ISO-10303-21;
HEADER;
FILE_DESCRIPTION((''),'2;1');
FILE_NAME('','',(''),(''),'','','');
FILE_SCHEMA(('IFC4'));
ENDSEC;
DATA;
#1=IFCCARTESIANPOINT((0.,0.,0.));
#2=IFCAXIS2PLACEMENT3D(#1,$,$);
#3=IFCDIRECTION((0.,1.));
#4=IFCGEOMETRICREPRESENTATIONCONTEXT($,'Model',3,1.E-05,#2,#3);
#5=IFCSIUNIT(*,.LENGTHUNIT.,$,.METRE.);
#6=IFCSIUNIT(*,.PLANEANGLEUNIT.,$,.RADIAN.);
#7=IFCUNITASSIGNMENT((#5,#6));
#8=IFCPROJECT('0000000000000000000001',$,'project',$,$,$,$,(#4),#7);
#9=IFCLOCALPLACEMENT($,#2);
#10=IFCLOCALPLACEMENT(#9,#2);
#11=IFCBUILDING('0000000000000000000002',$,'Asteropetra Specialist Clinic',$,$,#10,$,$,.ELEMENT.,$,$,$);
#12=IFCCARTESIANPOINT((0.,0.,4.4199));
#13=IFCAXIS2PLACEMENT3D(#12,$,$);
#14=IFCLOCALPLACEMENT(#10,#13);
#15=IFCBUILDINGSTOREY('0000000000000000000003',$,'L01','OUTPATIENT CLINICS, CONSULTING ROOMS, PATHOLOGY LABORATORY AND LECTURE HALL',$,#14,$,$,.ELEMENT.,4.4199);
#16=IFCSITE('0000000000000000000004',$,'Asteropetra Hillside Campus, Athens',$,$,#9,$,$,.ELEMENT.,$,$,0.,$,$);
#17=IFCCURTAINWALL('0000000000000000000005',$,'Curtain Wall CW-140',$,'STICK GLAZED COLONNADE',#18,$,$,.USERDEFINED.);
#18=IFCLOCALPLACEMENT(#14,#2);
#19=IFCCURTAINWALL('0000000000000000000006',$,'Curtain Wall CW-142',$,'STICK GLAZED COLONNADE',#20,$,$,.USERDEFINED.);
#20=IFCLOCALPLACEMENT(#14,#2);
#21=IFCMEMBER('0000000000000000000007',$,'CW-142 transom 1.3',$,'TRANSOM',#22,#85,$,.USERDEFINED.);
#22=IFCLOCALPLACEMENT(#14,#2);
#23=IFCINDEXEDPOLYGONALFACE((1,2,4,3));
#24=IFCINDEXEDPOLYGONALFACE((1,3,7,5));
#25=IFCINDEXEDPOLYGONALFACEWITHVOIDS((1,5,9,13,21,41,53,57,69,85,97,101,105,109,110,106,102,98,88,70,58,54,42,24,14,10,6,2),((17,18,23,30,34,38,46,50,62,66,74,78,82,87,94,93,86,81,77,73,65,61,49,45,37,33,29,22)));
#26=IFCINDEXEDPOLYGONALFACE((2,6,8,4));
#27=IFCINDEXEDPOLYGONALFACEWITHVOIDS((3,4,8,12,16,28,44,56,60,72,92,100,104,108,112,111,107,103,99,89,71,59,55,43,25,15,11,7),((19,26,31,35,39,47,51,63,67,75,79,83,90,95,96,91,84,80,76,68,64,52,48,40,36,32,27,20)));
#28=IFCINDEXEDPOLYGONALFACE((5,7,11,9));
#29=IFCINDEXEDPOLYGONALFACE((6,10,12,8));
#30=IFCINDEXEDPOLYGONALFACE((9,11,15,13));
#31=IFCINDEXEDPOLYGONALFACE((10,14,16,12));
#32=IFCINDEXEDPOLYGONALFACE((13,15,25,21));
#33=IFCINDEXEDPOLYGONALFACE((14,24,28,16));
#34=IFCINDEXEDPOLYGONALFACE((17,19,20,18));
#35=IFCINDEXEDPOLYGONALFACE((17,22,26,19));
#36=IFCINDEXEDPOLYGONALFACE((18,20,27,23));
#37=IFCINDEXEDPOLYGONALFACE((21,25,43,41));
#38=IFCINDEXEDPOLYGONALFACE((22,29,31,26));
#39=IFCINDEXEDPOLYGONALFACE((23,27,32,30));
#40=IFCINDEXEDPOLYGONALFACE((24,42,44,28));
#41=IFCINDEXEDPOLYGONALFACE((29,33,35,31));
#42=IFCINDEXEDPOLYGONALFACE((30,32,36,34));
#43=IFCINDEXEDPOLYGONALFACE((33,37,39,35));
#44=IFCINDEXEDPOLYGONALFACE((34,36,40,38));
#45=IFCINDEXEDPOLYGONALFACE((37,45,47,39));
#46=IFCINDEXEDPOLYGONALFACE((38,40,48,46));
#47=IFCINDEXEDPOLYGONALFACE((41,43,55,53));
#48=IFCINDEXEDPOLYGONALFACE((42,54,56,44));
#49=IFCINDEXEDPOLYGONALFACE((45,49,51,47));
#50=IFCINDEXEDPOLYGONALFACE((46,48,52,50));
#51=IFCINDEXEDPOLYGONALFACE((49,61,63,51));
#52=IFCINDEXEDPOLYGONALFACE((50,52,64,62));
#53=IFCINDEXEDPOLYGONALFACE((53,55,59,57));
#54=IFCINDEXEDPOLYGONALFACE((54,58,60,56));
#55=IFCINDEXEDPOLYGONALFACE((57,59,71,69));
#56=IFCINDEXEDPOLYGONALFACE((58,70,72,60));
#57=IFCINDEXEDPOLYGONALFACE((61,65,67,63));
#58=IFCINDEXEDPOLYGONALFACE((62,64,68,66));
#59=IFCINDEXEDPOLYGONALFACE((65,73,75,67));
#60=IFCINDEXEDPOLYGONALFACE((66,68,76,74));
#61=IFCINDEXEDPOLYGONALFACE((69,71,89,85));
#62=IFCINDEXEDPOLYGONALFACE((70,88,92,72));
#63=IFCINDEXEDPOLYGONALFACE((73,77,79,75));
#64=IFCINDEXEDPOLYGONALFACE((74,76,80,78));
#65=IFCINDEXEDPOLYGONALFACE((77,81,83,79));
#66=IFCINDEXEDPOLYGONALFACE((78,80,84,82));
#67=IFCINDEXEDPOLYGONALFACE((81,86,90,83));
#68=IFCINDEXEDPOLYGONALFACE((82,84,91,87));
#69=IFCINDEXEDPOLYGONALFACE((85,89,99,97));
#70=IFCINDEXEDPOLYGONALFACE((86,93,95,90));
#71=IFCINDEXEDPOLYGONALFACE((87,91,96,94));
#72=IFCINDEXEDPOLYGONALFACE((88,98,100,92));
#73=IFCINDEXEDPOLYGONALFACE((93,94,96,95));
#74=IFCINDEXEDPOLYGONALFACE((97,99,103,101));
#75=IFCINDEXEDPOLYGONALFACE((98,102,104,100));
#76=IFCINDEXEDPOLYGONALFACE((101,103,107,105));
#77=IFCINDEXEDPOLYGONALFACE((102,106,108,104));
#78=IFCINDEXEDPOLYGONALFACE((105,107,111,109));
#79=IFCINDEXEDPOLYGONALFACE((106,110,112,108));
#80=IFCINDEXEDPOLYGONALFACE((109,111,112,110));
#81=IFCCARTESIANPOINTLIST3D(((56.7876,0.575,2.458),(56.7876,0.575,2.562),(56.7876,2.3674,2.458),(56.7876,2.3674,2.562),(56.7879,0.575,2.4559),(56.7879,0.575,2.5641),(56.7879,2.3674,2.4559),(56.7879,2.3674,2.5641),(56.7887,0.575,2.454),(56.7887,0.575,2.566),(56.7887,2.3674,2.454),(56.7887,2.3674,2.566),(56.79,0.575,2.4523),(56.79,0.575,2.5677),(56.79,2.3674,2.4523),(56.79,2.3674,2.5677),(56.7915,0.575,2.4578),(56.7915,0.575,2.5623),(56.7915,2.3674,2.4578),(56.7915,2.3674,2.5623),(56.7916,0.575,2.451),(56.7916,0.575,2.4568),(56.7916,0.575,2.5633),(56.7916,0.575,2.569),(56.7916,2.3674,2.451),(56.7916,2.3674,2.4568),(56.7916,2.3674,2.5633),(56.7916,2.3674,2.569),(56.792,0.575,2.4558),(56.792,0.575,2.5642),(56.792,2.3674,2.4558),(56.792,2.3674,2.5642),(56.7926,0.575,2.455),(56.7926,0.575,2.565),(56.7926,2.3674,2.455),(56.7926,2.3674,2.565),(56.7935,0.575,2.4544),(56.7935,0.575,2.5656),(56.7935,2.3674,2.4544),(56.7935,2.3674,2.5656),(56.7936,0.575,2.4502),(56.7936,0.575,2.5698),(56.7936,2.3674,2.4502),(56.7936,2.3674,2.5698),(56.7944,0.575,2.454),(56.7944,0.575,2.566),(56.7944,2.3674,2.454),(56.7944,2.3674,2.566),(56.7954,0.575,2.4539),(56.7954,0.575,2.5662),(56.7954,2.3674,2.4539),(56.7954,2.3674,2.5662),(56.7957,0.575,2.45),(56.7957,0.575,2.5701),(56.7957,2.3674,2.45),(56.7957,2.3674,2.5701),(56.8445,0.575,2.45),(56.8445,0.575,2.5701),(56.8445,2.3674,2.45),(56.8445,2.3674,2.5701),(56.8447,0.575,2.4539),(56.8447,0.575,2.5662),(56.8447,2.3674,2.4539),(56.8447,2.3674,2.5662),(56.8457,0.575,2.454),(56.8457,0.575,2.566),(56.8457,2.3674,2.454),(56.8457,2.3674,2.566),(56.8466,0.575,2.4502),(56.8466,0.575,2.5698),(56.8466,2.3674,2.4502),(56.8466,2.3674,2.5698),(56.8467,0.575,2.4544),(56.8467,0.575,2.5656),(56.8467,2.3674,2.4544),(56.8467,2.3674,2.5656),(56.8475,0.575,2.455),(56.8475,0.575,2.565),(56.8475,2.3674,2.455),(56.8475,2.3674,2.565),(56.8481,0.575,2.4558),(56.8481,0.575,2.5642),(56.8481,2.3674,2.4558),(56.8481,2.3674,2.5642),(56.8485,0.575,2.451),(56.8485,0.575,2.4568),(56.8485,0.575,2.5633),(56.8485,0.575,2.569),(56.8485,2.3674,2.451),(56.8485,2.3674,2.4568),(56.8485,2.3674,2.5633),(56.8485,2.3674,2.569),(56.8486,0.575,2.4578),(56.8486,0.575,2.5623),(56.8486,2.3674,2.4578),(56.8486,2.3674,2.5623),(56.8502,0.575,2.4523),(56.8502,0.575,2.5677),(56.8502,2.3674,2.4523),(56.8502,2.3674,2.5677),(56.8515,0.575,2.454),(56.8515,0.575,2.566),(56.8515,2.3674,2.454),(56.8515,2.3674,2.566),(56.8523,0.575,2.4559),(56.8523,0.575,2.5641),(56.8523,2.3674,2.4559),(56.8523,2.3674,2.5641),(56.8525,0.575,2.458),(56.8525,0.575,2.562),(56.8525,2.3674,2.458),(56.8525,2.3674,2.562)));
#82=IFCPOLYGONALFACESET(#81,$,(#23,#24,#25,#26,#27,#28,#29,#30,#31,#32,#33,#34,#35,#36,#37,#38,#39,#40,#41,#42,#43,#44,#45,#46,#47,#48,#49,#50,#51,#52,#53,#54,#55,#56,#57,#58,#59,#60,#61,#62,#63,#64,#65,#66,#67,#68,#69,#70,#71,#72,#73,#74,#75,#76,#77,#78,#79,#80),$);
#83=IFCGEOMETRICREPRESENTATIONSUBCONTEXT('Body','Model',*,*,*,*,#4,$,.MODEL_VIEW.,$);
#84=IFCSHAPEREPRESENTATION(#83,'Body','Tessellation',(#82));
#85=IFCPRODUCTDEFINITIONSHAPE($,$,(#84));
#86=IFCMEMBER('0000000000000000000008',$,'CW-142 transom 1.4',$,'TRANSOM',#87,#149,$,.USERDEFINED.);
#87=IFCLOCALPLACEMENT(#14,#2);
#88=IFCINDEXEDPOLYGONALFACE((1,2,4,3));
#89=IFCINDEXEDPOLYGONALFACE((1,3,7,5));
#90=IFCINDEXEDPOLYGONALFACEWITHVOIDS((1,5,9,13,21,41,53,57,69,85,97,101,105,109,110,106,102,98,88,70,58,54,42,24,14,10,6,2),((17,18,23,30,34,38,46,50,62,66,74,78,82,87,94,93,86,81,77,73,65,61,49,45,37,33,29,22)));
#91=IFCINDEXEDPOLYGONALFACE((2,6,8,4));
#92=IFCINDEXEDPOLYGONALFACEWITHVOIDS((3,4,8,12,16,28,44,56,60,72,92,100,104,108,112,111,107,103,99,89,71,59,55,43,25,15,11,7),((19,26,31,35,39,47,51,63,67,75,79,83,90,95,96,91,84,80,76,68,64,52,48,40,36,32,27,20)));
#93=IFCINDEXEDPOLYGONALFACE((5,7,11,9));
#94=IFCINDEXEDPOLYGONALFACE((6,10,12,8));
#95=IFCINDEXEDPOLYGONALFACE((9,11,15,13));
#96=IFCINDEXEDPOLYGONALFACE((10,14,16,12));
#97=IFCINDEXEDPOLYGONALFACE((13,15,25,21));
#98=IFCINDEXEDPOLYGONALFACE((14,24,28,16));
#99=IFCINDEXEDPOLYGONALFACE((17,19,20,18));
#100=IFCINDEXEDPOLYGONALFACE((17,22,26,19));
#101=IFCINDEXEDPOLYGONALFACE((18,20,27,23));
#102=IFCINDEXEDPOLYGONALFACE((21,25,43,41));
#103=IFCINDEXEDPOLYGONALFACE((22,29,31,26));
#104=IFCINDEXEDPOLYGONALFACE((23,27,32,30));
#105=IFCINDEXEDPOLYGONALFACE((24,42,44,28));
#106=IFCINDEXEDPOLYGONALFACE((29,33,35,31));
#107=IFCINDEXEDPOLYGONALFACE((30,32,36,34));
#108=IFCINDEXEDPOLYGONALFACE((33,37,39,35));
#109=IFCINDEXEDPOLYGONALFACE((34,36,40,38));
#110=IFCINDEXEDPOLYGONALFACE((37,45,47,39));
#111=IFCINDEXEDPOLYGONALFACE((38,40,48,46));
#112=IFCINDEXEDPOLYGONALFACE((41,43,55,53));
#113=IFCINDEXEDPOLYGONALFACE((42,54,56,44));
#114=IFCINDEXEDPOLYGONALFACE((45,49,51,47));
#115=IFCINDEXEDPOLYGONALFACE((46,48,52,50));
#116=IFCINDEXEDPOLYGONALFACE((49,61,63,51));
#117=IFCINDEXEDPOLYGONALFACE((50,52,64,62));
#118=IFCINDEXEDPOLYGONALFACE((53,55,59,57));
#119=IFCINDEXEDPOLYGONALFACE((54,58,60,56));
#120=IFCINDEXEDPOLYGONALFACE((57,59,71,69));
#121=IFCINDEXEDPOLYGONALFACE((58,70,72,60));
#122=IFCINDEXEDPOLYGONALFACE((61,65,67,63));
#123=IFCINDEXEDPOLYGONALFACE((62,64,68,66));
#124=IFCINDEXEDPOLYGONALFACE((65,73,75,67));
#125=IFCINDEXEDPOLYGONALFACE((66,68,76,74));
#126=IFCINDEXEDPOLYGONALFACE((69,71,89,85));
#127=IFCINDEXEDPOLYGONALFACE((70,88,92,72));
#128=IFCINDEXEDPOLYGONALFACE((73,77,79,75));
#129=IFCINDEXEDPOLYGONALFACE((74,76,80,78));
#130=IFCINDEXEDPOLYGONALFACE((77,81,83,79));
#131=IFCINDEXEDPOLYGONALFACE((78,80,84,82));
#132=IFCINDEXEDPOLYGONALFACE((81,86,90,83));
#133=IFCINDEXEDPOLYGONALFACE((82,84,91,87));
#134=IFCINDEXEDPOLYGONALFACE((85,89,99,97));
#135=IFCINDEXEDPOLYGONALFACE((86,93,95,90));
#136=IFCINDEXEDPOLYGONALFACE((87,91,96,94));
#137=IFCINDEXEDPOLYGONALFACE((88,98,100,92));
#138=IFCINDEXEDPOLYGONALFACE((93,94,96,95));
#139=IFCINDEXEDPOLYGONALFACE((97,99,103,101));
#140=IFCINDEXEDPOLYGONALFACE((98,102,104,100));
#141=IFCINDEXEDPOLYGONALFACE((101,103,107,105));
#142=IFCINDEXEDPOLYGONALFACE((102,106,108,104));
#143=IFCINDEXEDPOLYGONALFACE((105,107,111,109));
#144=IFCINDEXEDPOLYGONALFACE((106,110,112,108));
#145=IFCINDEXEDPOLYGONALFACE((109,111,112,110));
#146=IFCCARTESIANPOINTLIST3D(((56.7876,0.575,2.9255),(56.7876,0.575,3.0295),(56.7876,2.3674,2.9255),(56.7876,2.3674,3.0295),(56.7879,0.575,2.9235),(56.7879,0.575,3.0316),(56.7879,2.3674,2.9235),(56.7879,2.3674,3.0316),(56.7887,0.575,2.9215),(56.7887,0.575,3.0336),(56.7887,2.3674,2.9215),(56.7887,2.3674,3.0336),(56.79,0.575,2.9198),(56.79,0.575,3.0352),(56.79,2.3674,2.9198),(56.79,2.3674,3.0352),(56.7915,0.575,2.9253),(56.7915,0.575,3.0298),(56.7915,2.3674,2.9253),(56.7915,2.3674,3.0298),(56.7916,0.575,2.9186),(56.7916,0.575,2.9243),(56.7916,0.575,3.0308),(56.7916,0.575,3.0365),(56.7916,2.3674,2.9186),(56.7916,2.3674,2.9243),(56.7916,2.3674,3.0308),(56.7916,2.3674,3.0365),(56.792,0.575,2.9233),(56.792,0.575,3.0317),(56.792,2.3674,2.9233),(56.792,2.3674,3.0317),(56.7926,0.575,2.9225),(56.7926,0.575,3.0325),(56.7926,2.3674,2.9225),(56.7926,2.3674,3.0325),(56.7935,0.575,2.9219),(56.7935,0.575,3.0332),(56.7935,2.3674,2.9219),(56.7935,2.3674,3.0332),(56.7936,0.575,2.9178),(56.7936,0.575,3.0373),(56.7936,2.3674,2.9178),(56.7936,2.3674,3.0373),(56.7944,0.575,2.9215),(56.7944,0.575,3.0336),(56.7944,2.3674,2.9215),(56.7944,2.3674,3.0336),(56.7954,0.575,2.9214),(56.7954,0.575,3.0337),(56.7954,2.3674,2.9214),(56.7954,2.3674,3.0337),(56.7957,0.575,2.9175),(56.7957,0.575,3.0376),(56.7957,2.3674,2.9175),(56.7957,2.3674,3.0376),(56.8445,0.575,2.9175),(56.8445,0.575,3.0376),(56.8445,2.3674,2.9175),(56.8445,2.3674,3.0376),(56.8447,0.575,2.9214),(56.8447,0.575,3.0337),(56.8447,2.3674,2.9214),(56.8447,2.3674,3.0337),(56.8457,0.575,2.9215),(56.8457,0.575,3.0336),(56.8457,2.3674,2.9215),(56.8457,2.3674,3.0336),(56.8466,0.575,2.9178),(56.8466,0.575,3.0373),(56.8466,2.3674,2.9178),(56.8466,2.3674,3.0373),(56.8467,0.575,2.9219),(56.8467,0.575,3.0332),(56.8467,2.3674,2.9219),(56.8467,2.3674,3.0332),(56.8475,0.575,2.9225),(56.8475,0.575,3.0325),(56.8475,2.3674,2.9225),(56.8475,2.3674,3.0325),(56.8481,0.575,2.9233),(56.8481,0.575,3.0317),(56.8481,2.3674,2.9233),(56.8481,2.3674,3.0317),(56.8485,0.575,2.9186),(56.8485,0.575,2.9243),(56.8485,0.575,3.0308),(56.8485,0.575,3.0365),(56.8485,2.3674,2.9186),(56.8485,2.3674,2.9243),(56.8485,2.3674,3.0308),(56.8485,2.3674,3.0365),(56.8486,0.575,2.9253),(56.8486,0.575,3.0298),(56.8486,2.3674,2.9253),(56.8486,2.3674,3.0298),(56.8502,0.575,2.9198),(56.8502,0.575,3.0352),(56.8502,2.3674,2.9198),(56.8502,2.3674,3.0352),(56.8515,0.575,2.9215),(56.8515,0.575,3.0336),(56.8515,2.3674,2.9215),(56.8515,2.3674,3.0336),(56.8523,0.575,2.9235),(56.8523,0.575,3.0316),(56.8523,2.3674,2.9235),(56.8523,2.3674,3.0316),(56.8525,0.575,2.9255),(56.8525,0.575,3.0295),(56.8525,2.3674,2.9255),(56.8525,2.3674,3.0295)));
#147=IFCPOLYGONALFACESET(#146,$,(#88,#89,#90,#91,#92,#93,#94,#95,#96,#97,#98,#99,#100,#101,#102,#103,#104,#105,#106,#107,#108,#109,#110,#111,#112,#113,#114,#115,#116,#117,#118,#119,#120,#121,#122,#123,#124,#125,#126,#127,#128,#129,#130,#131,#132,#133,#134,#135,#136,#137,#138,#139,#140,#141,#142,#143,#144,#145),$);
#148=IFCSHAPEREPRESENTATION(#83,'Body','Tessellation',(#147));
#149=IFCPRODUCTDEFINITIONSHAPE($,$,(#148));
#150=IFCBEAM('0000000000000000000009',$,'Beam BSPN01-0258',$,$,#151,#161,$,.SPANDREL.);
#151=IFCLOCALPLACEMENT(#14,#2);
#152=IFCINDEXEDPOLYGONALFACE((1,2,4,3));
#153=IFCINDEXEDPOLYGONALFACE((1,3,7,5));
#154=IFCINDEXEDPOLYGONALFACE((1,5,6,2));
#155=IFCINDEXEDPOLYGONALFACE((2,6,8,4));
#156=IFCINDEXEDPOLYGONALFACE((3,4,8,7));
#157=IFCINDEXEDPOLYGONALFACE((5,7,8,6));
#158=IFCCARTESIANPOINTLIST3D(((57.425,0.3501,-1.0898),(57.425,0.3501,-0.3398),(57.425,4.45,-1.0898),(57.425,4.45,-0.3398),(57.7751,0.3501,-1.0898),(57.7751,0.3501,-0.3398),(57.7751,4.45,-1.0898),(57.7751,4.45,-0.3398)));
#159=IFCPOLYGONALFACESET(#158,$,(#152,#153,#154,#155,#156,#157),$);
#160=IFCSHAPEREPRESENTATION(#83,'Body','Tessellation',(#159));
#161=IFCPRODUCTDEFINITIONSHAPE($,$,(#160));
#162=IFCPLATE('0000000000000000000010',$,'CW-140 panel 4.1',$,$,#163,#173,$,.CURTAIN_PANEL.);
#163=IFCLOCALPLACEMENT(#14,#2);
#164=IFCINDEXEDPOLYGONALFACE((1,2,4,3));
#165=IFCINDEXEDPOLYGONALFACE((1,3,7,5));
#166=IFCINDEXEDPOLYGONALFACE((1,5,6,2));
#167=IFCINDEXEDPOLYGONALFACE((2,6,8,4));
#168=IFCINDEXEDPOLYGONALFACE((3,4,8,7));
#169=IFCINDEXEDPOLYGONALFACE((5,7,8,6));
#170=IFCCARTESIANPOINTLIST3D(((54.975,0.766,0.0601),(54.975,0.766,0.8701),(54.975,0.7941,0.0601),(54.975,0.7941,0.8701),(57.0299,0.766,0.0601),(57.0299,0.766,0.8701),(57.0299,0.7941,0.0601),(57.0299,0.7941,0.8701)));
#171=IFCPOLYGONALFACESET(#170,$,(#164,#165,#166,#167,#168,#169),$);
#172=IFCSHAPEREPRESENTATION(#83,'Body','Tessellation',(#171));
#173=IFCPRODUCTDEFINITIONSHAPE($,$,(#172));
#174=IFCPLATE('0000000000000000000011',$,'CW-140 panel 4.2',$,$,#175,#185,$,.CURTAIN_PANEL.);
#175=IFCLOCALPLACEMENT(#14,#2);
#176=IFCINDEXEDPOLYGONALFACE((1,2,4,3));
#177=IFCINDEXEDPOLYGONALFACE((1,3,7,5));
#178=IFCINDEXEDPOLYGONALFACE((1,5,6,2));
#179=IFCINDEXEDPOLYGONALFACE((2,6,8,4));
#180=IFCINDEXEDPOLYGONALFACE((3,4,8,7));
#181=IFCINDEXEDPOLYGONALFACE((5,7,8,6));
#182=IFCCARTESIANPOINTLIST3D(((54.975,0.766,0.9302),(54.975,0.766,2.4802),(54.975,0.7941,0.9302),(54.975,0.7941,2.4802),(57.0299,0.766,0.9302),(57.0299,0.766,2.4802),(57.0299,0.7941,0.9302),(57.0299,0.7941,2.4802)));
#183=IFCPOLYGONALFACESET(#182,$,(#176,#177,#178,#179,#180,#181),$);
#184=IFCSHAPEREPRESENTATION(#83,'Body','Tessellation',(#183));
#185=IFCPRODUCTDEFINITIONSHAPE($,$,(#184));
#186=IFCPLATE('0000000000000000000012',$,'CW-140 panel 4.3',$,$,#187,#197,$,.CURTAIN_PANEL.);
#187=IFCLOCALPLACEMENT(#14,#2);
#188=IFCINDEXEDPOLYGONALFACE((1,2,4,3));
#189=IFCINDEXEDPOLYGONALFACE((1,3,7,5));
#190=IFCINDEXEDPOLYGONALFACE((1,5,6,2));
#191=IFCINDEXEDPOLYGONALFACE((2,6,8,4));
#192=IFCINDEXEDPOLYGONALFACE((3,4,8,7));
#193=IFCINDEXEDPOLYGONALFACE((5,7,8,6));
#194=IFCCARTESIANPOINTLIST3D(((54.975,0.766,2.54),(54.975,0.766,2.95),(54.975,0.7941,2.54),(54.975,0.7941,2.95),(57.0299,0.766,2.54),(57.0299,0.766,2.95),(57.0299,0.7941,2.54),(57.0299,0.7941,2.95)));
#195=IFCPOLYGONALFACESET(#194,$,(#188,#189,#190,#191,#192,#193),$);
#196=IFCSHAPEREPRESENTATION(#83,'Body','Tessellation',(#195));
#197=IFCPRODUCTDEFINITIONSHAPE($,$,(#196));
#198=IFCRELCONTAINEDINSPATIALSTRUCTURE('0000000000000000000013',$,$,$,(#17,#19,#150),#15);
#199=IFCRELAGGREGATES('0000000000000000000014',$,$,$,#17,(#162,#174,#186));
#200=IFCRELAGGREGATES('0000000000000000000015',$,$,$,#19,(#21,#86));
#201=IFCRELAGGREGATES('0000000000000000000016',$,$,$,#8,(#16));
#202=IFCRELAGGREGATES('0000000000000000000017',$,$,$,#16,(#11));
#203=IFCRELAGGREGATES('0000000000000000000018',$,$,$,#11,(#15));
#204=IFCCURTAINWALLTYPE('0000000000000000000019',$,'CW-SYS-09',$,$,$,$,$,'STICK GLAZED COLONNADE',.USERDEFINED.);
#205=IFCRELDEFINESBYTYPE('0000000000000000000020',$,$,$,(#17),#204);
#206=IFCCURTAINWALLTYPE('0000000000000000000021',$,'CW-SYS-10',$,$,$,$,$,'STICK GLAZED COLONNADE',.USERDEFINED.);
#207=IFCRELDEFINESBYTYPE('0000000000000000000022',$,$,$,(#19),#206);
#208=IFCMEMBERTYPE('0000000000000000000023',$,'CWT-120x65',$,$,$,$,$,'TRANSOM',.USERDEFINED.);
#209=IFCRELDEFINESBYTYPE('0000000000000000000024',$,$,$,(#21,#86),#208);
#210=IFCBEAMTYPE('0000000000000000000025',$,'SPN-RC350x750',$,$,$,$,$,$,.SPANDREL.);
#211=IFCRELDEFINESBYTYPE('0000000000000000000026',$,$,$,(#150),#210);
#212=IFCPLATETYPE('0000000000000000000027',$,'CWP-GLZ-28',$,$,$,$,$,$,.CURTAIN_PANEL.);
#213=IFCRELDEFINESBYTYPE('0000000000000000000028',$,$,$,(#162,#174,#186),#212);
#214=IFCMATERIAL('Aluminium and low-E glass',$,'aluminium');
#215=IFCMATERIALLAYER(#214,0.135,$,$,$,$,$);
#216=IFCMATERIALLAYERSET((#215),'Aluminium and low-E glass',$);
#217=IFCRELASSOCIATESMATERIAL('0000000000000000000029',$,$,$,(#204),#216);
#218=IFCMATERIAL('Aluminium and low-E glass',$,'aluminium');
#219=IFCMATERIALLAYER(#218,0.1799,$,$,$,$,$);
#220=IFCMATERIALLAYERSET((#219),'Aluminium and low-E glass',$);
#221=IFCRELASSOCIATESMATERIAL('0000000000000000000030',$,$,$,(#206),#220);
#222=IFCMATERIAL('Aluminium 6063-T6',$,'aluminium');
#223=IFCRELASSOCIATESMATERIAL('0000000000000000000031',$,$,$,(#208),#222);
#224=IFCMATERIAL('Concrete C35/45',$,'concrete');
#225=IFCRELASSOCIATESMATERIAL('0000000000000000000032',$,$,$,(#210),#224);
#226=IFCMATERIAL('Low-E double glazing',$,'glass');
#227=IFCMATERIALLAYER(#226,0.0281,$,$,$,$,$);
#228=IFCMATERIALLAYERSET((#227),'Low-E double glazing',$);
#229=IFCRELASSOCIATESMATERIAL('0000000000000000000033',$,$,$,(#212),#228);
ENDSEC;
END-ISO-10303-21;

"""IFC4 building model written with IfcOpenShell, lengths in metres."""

from ifc_helpers import new_model, si_unit, direction, frame, origin, origin_2d, place, context, subcontext, project, spatial, rectangle, hollow_rectangle, extrude, material, layer, layer_set, material_profile, profile_set, type_object, element, aggregate, save


model = new_model("IFC4")

# Units and contexts
model_context = context("Model", 3, precision=1e-05, world=origin(), true_north=direction((0.0, 1.0)))
body_context = subcontext(model_context, "Body", "Model", "MODEL_VIEW")
ifc_project = project(units=[si_unit("LENGTHUNIT", "METRE"), si_unit("PLANEANGLEUNIT", "RADIAN")], contexts=[model_context])

# Site, building, storey
site_placement = place(None, origin())
site = spatial("IfcSite", under=ifc_project, at=site_placement, Name="Asteropetra Hillside Campus, Athens", CompositionType="ELEMENT", RefElevation=0.0)
building_placement = place(site_placement, origin())
building = spatial("IfcBuilding", under=site, at=building_placement, Name="Asteropetra Specialist Clinic", CompositionType="ELEMENT")
storey_placement = place(building_placement, frame((0.0, 0.0, 4.4199)))
storey = spatial("IfcBuildingStorey", under=building, at=storey_placement, Name="L01", Description="OUTPATIENT CLINICS, CONSULTING ROOMS, PATHOLOGY LABORATORY AND LECTURE HALL", CompositionType="ELEMENT", Elevation=4.4199)

# Curtain wall
ifc_material_1 = material(Name="Aluminium and low-E glass", Category="aluminium")
ifc_layer_1 = layer(ifc_material_1, 0.135)
ifc_layer_set_1 = layer_set([ifc_layer_1], Name="Aluminium and low-E glass")
curtain_wall_type_1 = type_object("IfcCurtainWallType", Name="CW-SYS-09", ElementType="STICK GLAZED COLONNADE", PredefinedType="USERDEFINED", material=ifc_layer_set_1)
curtain_wall_1_placement = place(storey_placement, origin())
curtain_wall_1 = element("IfcCurtainWall", 1, at=curtain_wall_1_placement, inside=storey, type_object=curtain_wall_type_1, Name="Curtain Wall CW-140", ObjectType="STICK GLAZED COLONNADE", PredefinedType="USERDEFINED")

# Curtain wall
ifc_material_2 = material(Name="Aluminium and low-E glass", Category="aluminium")
ifc_layer_2 = layer(ifc_material_2, 0.1799)
ifc_layer_set_2 = layer_set([ifc_layer_2], Name="Aluminium and low-E glass")
curtain_wall_type_2 = type_object("IfcCurtainWallType", Name="CW-SYS-10", ElementType="STICK GLAZED COLONNADE", PredefinedType="USERDEFINED", material=ifc_layer_set_2)
curtain_wall_2_placement = place(storey_placement, origin())
curtain_wall_2 = element("IfcCurtainWall", 2, at=curtain_wall_2_placement, inside=storey, type_object=curtain_wall_type_2, Name="Curtain Wall CW-142", ObjectType="STICK GLAZED COLONNADE", PredefinedType="USERDEFINED")

# Members
ifc_material_3 = material(Name="Aluminium 6063-T6", Category="aluminium")
ifc_material_profile_1 = material_profile(ifc_material_3, hollow_rectangle(XDim=0.0649, YDim=0.1201, WallThickness=0.0039, InnerFilletRadius=0.0039, OuterFilletRadius=0.0081, at=origin_2d()), Name="TRN 120x65x4.0")
ifc_profile_set_1 = profile_set([ifc_material_profile_1], Name="Aluminium 6063-T6")
member_type_1 = type_object("IfcMemberType", Name="CWT-120x65", ElementType="TRANSOM", PredefinedType="USERDEFINED", material=ifc_profile_set_1)
member_1_placement = place(storey_placement, frame((56.8201, 0.575, 2.51), z_axis=(0.0, 1.0, 0.0), x_axis=(-1.0, 0.0, 0.0)))
member_1 = element("IfcMember", 3, at=member_1_placement, type_object=member_type_1, Name="CW-142 transom 1.3", ObjectType="TRANSOM", PredefinedType="USERDEFINED", context=body_context, shape_type="SweptSolid", body=[
    extrude(hollow_rectangle(XDim=0.0649, YDim=0.1201, WallThickness=0.0039, InnerFilletRadius=0.0039, OuterFilletRadius=0.0081, at=origin_2d()), origin(), (0.0, 0.0, 1.0), 1.7925),
])
member_2_placement = place(storey_placement, frame((56.8201, 0.575, 2.9775), z_axis=(0.0, 1.0, 0.0), x_axis=(-1.0, 0.0, 0.0)))
member_2 = element("IfcMember", 4, at=member_2_placement, type_object=member_type_1, Name="CW-142 transom 1.4", ObjectType="TRANSOM", PredefinedType="USERDEFINED", context=body_context, shape_type="SweptSolid", body=[
    extrude(hollow_rectangle(XDim=0.0649, YDim=0.1201, WallThickness=0.0039, InnerFilletRadius=0.0039, OuterFilletRadius=0.0081, at=origin_2d()), origin(), (0.0, 0.0, 1.0), 1.7925),
])

# Beam
ifc_material_4 = material(Name="Concrete C35/45", Category="concrete")
ifc_material_profile_2 = material_profile(ifc_material_4, rectangle(XDim=0.3501, YDim=0.75, at=origin_2d()), Name="RCS 350x750")
ifc_profile_set_2 = profile_set([ifc_material_profile_2], Name="Concrete C35/45")
beam_type = type_object("IfcBeamType", Name="SPN-RC350x750", PredefinedType="SPANDREL", material=ifc_profile_set_2)
beam_placement = place(storey_placement, frame((57.6001, 0.3501, -0.7148), z_axis=(0.0, 1.0, 0.0), x_axis=(-1.0, 0.0, 0.0)))
element("IfcBeam", 5, at=beam_placement, inside=storey, type_object=beam_type, Name="Beam BSPN01-0258", PredefinedType="SPANDREL", context=body_context, shape_type="SweptSolid", body=[
    extrude(rectangle(XDim=0.3501, YDim=0.75, at=origin_2d()), origin(), (0.0, 0.0, 1.0), 4.0999),
])

# Plates
ifc_material_5 = material(Name="Low-E double glazing", Category="glass")
ifc_layer_3 = layer(ifc_material_5, 0.0281)
ifc_layer_set_3 = layer_set([ifc_layer_3], Name="Low-E double glazing")
plate_type_1 = type_object("IfcPlateType", Name="CWP-GLZ-28", PredefinedType="CURTAIN_PANEL", material=ifc_layer_set_3)
plate_1_placement = place(storey_placement, frame((56.0024, 0.78, 0.0601), z_axis=(0.0, 0.0, 1.0), x_axis=(1.0, 0.0, 0.0)))
plate_1 = element("IfcPlate", 6, at=plate_1_placement, type_object=plate_type_1, Name="CW-140 panel 4.1", PredefinedType="CURTAIN_PANEL", context=body_context, shape_type="SweptSolid", body=[
    extrude(rectangle(XDim=2.0549, YDim=0.0281, at=origin_2d()), origin(), (0.0, 0.0, 1.0), 0.8101),
])
plate_2_placement = place(storey_placement, frame((56.0024, 0.78, 0.9302), z_axis=(0.0, 0.0, 1.0), x_axis=(1.0, 0.0, 0.0)))
plate_2 = element("IfcPlate", 7, at=plate_2_placement, type_object=plate_type_1, Name="CW-140 panel 4.2", PredefinedType="CURTAIN_PANEL", context=body_context, shape_type="SweptSolid", body=[
    extrude(rectangle(XDim=2.0549, YDim=0.0281, at=origin_2d()), origin(), (0.0, 0.0, 1.0), 1.55),
])
plate_3_placement = place(storey_placement, frame((56.0024, 0.78, 2.54), z_axis=(0.0, 0.0, 1.0), x_axis=(1.0, 0.0, 0.0)))
plate_3 = element("IfcPlate", 8, at=plate_3_placement, type_object=plate_type_1, Name="CW-140 panel 4.3", PredefinedType="CURTAIN_PANEL", context=body_context, shape_type="SweptSolid", body=[
    extrude(rectangle(XDim=2.0549, YDim=0.0281, at=origin_2d()), origin(), (0.0, 0.0, 1.0), 0.4099),
])
aggregate(curtain_wall_1, [plate_1, plate_2, plate_3])
aggregate(curtain_wall_2, [member_1, member_2])

save(model, "model.ifc")
